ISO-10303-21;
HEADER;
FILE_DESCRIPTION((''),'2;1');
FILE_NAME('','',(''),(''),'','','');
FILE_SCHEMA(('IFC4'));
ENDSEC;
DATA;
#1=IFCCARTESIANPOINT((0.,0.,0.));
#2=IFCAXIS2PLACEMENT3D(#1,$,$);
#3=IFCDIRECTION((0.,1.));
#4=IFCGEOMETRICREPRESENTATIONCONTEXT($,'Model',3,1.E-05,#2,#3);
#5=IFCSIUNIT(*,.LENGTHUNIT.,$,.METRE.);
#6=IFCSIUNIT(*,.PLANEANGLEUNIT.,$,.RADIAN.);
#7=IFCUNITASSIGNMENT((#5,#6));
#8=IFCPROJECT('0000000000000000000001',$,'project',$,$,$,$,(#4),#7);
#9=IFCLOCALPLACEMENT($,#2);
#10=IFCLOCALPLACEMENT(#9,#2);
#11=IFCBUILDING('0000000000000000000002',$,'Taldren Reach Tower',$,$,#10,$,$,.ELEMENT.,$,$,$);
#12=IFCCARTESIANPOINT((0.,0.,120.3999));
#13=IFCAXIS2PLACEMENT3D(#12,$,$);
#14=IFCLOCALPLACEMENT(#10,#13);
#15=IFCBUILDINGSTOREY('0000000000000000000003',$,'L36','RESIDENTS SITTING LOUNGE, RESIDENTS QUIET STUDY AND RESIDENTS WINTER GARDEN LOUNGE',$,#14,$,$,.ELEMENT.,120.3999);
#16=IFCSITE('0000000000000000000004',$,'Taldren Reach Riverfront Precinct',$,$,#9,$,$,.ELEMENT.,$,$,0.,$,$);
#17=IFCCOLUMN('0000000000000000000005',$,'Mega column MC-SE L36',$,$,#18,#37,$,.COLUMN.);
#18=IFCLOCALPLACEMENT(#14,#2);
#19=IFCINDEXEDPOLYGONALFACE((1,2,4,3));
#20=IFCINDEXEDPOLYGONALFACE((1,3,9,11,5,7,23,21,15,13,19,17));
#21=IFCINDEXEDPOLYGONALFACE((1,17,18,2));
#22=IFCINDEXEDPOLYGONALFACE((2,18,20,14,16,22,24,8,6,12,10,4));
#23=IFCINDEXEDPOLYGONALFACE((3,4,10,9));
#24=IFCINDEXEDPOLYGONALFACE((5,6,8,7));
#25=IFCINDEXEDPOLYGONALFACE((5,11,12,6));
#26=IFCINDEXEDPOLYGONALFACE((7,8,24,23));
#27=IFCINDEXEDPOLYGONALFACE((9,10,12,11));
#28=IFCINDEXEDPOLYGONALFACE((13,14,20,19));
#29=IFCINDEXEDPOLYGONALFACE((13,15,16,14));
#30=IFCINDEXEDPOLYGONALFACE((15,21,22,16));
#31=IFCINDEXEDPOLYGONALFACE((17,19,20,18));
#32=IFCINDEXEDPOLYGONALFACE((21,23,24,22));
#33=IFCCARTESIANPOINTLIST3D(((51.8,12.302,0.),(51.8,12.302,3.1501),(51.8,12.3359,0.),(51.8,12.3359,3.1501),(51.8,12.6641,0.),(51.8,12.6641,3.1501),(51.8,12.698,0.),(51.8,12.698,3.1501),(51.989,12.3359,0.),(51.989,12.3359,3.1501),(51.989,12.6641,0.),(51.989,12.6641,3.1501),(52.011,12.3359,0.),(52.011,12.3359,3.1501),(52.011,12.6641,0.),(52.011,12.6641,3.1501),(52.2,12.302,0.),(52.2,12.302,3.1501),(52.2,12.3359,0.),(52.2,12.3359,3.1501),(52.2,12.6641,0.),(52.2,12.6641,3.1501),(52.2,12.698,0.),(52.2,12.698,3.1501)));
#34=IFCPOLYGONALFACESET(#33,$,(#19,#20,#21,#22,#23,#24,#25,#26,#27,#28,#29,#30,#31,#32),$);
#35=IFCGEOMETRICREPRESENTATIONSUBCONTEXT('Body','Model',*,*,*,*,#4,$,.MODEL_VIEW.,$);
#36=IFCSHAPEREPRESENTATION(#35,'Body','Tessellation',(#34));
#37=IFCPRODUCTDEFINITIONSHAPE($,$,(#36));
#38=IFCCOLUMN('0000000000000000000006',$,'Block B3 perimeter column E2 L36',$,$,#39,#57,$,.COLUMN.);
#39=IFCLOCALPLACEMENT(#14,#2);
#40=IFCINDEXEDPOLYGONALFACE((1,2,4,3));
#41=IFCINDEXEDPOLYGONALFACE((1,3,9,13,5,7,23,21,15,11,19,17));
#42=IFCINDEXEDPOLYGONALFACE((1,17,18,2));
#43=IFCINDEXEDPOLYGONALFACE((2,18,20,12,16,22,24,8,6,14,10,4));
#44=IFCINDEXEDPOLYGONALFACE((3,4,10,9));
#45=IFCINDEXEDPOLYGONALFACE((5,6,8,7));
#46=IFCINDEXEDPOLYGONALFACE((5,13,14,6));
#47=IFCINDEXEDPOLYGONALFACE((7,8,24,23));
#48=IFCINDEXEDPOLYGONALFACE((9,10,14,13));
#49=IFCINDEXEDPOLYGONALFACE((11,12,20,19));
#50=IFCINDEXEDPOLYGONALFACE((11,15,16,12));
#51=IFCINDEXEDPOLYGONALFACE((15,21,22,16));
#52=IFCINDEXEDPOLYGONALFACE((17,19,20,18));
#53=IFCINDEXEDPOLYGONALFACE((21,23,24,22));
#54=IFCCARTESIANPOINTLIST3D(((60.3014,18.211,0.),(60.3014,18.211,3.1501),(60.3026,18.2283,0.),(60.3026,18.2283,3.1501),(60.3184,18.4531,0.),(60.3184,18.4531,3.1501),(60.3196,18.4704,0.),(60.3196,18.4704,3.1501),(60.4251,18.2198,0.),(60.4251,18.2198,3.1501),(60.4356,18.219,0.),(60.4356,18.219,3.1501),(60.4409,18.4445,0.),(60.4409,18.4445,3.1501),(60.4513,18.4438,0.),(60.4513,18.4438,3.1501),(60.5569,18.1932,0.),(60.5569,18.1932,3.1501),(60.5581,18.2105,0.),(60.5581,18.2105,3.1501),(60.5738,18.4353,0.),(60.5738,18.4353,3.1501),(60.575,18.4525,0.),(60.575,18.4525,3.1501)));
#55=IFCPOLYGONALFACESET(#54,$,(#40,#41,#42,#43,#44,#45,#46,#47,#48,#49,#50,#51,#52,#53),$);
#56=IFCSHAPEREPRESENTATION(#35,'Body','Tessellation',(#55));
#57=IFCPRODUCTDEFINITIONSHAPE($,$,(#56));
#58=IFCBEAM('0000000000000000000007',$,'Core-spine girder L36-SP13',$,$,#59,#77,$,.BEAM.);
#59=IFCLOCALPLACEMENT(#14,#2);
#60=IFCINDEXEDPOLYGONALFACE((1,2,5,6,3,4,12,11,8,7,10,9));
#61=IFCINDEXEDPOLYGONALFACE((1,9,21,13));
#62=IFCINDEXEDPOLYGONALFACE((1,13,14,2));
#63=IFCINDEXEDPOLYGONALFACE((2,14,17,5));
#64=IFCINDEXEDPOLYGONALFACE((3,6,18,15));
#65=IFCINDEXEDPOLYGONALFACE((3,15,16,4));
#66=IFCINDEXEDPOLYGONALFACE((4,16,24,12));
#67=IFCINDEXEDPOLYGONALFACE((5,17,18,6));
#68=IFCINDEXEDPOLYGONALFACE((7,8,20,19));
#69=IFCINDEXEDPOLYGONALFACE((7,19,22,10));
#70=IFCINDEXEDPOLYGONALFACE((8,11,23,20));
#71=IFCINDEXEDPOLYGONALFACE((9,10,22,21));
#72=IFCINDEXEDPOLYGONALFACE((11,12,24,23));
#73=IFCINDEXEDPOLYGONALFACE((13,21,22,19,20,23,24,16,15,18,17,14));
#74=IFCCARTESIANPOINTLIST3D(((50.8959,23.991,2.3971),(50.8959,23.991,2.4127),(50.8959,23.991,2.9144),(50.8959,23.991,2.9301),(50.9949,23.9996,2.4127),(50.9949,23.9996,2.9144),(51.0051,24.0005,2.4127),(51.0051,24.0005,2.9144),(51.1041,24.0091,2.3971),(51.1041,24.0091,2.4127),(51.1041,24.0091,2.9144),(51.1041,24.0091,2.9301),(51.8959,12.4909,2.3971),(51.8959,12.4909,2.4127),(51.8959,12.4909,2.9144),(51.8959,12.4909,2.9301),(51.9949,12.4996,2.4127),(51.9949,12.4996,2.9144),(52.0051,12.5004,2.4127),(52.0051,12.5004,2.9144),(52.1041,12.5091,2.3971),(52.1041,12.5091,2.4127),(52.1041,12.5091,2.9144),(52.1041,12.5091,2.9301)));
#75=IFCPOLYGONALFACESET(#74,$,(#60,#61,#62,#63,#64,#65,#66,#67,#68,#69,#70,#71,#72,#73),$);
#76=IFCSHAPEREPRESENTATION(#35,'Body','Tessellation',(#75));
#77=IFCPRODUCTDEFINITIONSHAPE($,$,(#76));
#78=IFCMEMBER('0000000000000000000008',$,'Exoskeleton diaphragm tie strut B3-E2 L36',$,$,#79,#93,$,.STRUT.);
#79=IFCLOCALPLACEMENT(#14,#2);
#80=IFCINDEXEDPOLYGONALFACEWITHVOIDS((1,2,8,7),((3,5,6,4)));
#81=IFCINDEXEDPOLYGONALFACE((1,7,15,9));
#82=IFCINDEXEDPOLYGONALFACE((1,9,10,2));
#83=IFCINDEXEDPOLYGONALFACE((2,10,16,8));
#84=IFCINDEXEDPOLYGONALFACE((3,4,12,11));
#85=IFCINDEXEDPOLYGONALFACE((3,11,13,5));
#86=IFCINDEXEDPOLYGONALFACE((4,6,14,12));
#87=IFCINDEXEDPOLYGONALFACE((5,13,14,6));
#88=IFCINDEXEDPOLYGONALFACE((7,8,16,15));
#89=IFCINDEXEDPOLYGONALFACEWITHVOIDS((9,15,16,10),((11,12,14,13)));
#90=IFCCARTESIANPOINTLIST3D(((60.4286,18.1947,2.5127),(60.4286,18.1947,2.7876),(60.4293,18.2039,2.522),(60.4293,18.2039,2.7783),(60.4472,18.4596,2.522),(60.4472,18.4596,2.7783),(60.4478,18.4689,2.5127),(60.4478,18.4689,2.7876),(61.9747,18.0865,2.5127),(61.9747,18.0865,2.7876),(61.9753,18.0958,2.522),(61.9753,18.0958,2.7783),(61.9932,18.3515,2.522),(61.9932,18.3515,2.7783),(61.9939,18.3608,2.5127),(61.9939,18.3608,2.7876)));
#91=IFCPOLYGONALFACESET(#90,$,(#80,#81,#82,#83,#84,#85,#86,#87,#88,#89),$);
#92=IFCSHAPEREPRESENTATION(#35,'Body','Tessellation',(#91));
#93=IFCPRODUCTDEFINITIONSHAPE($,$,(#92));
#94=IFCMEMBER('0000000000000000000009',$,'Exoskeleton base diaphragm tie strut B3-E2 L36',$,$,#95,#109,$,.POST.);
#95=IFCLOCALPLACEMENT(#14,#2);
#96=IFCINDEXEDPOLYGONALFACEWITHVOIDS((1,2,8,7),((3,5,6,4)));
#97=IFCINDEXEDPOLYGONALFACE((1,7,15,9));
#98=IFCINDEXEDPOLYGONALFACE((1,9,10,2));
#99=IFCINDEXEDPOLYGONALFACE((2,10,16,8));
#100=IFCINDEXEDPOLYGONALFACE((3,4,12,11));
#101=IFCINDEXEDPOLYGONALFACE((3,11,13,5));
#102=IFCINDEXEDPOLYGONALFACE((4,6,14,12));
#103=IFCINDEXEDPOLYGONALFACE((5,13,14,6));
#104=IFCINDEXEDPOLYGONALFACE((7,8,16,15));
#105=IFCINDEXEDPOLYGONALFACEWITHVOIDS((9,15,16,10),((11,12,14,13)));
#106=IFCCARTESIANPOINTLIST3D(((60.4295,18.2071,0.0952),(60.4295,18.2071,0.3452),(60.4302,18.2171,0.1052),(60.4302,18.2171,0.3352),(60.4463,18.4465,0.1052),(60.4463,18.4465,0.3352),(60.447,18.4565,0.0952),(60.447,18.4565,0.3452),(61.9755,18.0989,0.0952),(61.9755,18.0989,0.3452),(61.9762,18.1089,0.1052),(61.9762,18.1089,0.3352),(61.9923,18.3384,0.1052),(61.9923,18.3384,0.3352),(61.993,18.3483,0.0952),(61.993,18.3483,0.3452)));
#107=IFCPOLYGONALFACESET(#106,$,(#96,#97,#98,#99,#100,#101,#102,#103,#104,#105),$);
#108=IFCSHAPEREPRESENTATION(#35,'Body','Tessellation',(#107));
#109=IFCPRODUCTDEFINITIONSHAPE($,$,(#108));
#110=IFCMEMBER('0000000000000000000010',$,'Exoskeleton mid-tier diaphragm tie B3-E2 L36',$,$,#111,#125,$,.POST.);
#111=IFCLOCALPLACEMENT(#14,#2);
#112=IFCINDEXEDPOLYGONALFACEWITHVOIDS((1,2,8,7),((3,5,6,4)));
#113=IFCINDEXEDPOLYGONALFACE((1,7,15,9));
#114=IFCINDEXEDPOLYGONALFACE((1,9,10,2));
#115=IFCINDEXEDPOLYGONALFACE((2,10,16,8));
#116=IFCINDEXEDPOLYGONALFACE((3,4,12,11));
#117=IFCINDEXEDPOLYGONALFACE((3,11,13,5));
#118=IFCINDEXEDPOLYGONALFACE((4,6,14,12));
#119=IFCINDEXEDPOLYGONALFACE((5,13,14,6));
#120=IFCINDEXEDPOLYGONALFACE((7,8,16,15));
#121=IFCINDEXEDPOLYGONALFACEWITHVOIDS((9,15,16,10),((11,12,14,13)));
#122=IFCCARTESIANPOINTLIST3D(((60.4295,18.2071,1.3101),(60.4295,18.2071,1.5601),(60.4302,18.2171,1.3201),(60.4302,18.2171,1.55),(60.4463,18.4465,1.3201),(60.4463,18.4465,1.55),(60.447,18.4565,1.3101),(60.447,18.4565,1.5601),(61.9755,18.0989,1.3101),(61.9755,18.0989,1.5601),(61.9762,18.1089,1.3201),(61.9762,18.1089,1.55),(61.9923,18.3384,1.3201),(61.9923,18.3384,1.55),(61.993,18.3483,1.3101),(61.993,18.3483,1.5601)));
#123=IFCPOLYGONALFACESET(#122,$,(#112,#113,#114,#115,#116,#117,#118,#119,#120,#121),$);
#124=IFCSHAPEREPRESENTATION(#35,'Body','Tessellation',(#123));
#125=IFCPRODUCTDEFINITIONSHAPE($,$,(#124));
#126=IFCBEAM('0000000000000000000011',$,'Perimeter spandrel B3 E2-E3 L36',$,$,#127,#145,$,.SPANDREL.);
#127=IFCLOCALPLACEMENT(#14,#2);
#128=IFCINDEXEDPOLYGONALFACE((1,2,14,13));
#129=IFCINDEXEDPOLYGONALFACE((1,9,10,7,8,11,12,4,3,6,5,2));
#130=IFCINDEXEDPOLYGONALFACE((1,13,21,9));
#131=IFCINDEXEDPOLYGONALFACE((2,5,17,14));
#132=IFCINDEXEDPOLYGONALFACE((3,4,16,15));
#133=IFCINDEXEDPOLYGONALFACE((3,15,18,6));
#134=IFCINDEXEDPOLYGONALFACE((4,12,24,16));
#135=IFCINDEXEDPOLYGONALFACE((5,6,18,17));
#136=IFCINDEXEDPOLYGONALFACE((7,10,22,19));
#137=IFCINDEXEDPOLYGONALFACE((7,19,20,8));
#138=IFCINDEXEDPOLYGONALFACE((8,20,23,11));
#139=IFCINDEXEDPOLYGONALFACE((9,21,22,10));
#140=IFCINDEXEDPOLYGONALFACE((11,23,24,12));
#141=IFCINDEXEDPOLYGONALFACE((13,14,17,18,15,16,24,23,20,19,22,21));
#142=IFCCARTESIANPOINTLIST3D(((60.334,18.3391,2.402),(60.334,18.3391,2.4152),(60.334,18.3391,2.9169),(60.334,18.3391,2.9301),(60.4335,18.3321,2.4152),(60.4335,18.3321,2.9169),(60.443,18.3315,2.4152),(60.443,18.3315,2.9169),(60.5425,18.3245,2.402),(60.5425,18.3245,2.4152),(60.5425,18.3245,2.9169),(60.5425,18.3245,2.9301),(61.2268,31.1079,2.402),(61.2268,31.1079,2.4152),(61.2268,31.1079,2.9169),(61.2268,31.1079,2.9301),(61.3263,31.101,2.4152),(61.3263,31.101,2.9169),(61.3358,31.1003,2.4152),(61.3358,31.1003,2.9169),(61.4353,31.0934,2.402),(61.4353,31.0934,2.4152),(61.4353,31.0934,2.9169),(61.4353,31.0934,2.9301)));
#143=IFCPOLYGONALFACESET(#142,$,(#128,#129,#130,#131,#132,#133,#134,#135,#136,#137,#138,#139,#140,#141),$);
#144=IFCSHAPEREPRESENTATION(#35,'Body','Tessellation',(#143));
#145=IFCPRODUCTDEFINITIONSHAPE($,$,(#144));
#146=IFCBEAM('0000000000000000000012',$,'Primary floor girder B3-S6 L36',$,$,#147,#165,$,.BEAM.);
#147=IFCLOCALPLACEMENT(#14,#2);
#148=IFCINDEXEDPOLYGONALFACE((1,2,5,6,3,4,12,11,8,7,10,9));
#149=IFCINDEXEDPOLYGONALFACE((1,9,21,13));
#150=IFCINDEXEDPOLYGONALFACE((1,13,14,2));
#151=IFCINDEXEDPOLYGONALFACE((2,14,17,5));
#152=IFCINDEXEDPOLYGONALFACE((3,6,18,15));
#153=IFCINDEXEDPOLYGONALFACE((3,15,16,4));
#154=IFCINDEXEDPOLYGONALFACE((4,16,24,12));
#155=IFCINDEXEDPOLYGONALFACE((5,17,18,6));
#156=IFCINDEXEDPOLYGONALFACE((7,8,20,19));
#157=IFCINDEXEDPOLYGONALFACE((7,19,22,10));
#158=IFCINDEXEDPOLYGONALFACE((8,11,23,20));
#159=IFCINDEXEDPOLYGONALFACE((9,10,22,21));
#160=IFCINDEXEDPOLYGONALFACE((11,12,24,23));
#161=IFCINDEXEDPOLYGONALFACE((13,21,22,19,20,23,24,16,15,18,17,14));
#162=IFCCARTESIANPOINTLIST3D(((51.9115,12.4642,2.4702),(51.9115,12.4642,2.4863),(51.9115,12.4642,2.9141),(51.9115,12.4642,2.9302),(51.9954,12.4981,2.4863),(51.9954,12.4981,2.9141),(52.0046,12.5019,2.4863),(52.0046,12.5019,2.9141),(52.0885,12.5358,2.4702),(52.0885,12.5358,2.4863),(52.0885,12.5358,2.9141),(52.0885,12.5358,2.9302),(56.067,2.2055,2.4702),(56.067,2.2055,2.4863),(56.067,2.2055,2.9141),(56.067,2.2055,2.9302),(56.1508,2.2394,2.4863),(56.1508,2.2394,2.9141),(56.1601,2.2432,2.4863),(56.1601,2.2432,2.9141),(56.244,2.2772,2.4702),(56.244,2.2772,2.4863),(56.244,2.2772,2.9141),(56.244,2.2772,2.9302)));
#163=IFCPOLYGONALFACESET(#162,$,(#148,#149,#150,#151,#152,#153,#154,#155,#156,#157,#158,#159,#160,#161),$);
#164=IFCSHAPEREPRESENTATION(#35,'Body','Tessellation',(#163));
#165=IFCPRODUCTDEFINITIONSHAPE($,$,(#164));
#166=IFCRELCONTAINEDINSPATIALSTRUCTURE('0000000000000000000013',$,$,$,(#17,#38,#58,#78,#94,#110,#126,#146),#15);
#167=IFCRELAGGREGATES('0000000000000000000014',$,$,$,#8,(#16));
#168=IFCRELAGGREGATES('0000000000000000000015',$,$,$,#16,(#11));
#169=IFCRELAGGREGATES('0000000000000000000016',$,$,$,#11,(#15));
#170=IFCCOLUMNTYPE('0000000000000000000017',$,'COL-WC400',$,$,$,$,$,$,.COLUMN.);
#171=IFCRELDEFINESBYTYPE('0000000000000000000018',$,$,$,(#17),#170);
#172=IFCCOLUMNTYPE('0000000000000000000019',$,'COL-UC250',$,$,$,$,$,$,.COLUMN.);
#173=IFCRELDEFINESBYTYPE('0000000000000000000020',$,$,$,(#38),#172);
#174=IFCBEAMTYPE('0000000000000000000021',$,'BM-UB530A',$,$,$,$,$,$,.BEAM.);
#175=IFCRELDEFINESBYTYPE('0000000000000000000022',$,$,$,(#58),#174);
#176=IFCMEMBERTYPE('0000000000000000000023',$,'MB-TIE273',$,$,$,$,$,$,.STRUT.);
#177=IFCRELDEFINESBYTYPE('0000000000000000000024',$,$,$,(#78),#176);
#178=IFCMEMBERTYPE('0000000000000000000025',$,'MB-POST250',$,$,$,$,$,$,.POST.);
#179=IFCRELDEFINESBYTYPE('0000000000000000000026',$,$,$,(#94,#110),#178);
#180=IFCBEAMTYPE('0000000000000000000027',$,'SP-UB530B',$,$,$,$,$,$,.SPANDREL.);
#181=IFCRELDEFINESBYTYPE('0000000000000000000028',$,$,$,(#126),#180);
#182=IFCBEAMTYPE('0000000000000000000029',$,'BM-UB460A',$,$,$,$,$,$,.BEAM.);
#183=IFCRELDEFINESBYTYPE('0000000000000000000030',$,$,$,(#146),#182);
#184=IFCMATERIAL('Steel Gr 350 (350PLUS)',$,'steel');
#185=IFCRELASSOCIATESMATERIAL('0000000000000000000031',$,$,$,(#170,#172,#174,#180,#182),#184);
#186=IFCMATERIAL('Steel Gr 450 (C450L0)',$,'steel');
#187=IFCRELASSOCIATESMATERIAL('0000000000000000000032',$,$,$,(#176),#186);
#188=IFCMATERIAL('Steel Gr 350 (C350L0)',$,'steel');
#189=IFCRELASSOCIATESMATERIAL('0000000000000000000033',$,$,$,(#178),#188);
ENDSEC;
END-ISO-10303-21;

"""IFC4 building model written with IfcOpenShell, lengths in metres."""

from ifc_helpers import new_model, si_unit, direction, frame, origin, origin_2d, place, context, subcontext, project, spatial, hollow_rectangle, i_section, extrude, source, transform, mapped, material, material_profile, profile_set, type_object, element, save


model = new_model("IFC4")

# Units and contexts
model_context = context("Model", 3, precision=1e-05, world=origin(), true_north=direction((0.0, 1.0)))
body_context = subcontext(model_context, "Body", "Model", "MODEL_VIEW")
ifc_project = project(units=[si_unit("LENGTHUNIT", "METRE"), si_unit("PLANEANGLEUNIT", "RADIAN")], contexts=[model_context])

# Site, building, storey
site_placement = place(None, origin())
site = spatial("IfcSite", under=ifc_project, at=site_placement, Name="Taldren Reach Riverfront Precinct", CompositionType="ELEMENT", RefElevation=0.0)
building_placement = place(site_placement, origin())
building = spatial("IfcBuilding", under=site, at=building_placement, Name="Taldren Reach Tower", CompositionType="ELEMENT")
storey_placement = place(building_placement, frame((0.0, 0.0, 120.3999)))
storey = spatial("IfcBuildingStorey", under=building, at=storey_placement, Name="L36", Description="RESIDENTS SITTING LOUNGE, RESIDENTS QUIET STUDY AND RESIDENTS WINTER GARDEN LOUNGE", CompositionType="ELEMENT", Elevation=120.3999)

# Columns
ifc_material_1 = material(Name="Steel Gr 350 (350PLUS)", Category="steel")
ifc_material_profile_1 = material_profile(ifc_material_1, i_section(OverallWidth=0.3999, OverallDepth=0.396, WebThickness=0.022, FlangeThickness=0.0339, at=origin_2d()), Name="400WC270")
ifc_profile_set_1 = profile_set([ifc_material_profile_1], Name="Steel Gr 350 (350PLUS)")
column_type_1 = type_object("IfcColumnType", Name="COL-WC400", PredefinedType="COLUMN", material=ifc_profile_set_1)
shared_shape_1 = source(origin(), body_context, "Body", "SweptSolid", [
    extrude(i_section(OverallWidth=0.3999, OverallDepth=0.396, WebThickness=0.022, FlangeThickness=0.0339, at=origin_2d()), origin(), (0.0, 0.0, 1.0), 3.1501),
])
column_1_placement = place(storey_placement, frame((52.0, 12.5, 0.0), z_axis=(0.0, 0.0, 1.0), x_axis=(1.0, 0.0, 0.0)))
element("IfcColumn", 1, at=column_1_placement, inside=storey, type_object=column_type_1, Name="Mega column MC-SE L36", PredefinedType="COLUMN", context=body_context, shape_type="MappedRepresentation", body=[
    mapped(shared_shape_1, transform((0.0, 0.0, 0.0), scale=1.0)),
])
ifc_material_profile_2 = material_profile(ifc_material_1, i_section(OverallWidth=0.2561, OverallDepth=0.26, WebThickness=0.0105, FlangeThickness=0.0173, at=origin_2d()), Name="250UC89.5")
ifc_profile_set_2 = profile_set([ifc_material_profile_2], Name="Steel Gr 350 (350PLUS)")
column_type_2 = type_object("IfcColumnType", Name="COL-UC250", PredefinedType="COLUMN", material=ifc_profile_set_2)
shared_shape_2 = source(origin(), body_context, "Body", "SweptSolid", [
    extrude(i_section(OverallWidth=0.2561, OverallDepth=0.26, WebThickness=0.0105, FlangeThickness=0.0173, at=origin_2d()), origin(), (0.0, 0.0, 1.0), 3.1501),
])
column_2_placement = place(storey_placement, frame((60.4382, 18.3318, 0.0), z_axis=(0.0, 0.0, 1.0), x_axis=(0.997564, -0.069756, 0.0)))
element("IfcColumn", 2, at=column_2_placement, inside=storey, type_object=column_type_2, Name="Block B3 perimeter column E2 L36", PredefinedType="COLUMN", context=body_context, shape_type="MappedRepresentation", body=[
    mapped(shared_shape_2, transform((0.0, 0.0, 0.0), scale=1.0)),
])

# Beam
ifc_material_profile_3 = material_profile(ifc_material_1, i_section(OverallWidth=0.209, OverallDepth=0.533, WebThickness=0.0103, FlangeThickness=0.0156, at=origin_2d()), Name="530UB92.4")
ifc_profile_set_3 = profile_set([ifc_material_profile_3], Name="Steel Gr 350 (350PLUS)")
beam_type_1 = type_object("IfcBeamType", Name="BM-UB530A", PredefinedType="BEAM", material=ifc_profile_set_3)
shared_shape_3 = source(origin(), body_context, "Body", "SweptSolid", [
    extrude(i_section(OverallWidth=0.209, OverallDepth=0.533, WebThickness=0.0103, FlangeThickness=0.0156, at=origin_2d()), origin(), (0.0, 0.0, 1.0), 11.5435),
])
beam_1_placement = place(storey_placement, frame((52.0, 12.5, 2.6636), z_axis=(-0.08663, 0.996241, 0.0), x_axis=(-0.996241, -0.08663, 0.0)))
element("IfcBeam", 3, at=beam_1_placement, inside=storey, type_object=beam_type_1, Name="Core-spine girder L36-SP13", PredefinedType="BEAM", context=body_context, shape_type="MappedRepresentation", body=[
    mapped(shared_shape_3, transform((0.0, 0.0, 0.0), scale=1.0)),
])

# Members
ifc_material_2 = material(Name="Steel Gr 450 (C450L0)", Category="steel")
ifc_material_profile_4 = material_profile(ifc_material_2, hollow_rectangle(XDim=0.2749, YDim=0.2749, WallThickness=0.0093, at=origin_2d()), Name="275x275x9.3SHS")
ifc_profile_set_4 = profile_set([ifc_material_profile_4], Name="Steel Gr 450 (C450L0)")
member_type_1 = type_object("IfcMemberType", Name="MB-TIE273", PredefinedType="STRUT", material=ifc_profile_set_4)
shared_shape_4 = source(origin(), body_context, "Body", "SweptSolid", [
    extrude(hollow_rectangle(XDim=0.2749, YDim=0.2749, WallThickness=0.0093, at=origin_2d()), origin(), (0.0, 0.0, 1.0), 1.5498),
])
member_1_placement = place(storey_placement, frame((60.4382, 18.3318, 2.6501), z_axis=(0.997562, -0.069781, 0.0), x_axis=(0.069781, 0.997562, 0.0)))
element("IfcMember", 4, at=member_1_placement, inside=storey, type_object=member_type_1, Name="Exoskeleton diaphragm tie strut B3-E2 L36", PredefinedType="STRUT", context=body_context, shape_type="MappedRepresentation", body=[
    mapped(shared_shape_4, transform((0.0, 0.0, 0.0), scale=1.0)),
])
ifc_material_3 = material(Name="Steel Gr 350 (C350L0)", Category="steel")
ifc_material_profile_5 = material_profile(ifc_material_3, hollow_rectangle(XDim=0.25, YDim=0.25, WallThickness=0.01, at=origin_2d()), Name="250x250x10.0SHS")
ifc_profile_set_5 = profile_set([ifc_material_profile_5], Name="Steel Gr 350 (C350L0)")
member_type_2 = type_object("IfcMemberType", Name="MB-POST250", PredefinedType="POST", material=ifc_profile_set_5)
shared_shape_5 = source(origin(), body_context, "Body", "SweptSolid", [
    extrude(hollow_rectangle(XDim=0.25, YDim=0.25, WallThickness=0.01, at=origin_2d()), origin(), (0.0, 0.0, 1.0), 1.5498),
])
for number, where, z_axis, x_axis, name in (
    (5, (60.4382, 18.3318, 0.2202), (0.997562, -0.069781, 0.0), (0.069781, 0.997562, 0.0), "Exoskeleton base diaphragm tie strut B3-E2 L36"),
    (6, (60.4382, 18.3318, 1.4351), (0.997562, -0.069781, 0.0), (0.069781, 0.997562, 0.0), "Exoskeleton mid-tier diaphragm tie B3-E2 L36"),
):
    element("IfcMember", number, at=place(storey_placement, frame(where, z_axis=z_axis, x_axis=x_axis)), inside=storey, type_object=member_type_2, Name=name, PredefinedType="POST", context=body_context, shape_type="MappedRepresentation", body=[
        mapped(shared_shape_5, transform((0.0, 0.0, 0.0), scale=1.0)),
    ])

# Beams
ifc_material_profile_6 = material_profile(ifc_material_1, i_section(OverallWidth=0.209, OverallDepth=0.5281, WebThickness=0.0095, FlangeThickness=0.0132, at=origin_2d()), Name="530UB82.0")
ifc_profile_set_6 = profile_set([ifc_material_profile_6], Name="Steel Gr 350 (350PLUS)")
beam_type_2 = type_object("IfcBeamType", Name="SP-UB530B", PredefinedType="SPANDREL", material=ifc_profile_set_6)
shared_shape_6 = source(origin(), body_context, "Body", "SweptSolid", [
    extrude(i_section(OverallWidth=0.209, OverallDepth=0.5281, WebThickness=0.0095, FlangeThickness=0.0132, at=origin_2d()), origin(), (0.0, 0.0, 1.0), 12.8),
])
beam_2_placement = place(storey_placement, frame((60.4382, 18.3318, 2.666), z_axis=(0.069752, 0.997564, 0.0), x_axis=(-0.997564, 0.069752, 0.0)))
element("IfcBeam", 7, at=beam_2_placement, inside=storey, type_object=beam_type_2, Name="Perimeter spandrel B3 E2-E3 L36", PredefinedType="SPANDREL", context=body_context, shape_type="MappedRepresentation", body=[
    mapped(shared_shape_6, transform((0.0, 0.0, 0.0), scale=1.0)),
])
ifc_material_profile_7 = material_profile(ifc_material_1, i_section(OverallWidth=0.1909, OverallDepth=0.46, WebThickness=0.01, FlangeThickness=0.0161, at=origin_2d()), Name="460UB82.1")
ifc_profile_set_7 = profile_set([ifc_material_profile_7], Name="Steel Gr 350 (350PLUS)")
beam_type_3 = type_object("IfcBeamType", Name="BM-UB460A", PredefinedType="BEAM", material=ifc_profile_set_7)
shared_shape_7 = source(origin(), body_context, "Body", "SweptSolid", [
    extrude(i_section(OverallWidth=0.1909, OverallDepth=0.46, WebThickness=0.01, FlangeThickness=0.0161, at=origin_2d()), origin(), (0.0, 0.0, 1.0), 11.0684),
])
beam_3_placement = place(storey_placement, frame((52.0, 12.5, 2.7002), z_axis=(0.375437, -0.926848, 0.0), x_axis=(0.926848, 0.375437, 0.0)))
element("IfcBeam", 8, at=beam_3_placement, inside=storey, type_object=beam_type_3, Name="Primary floor girder B3-S6 L36", PredefinedType="BEAM", context=body_context, shape_type="MappedRepresentation", body=[
    mapped(shared_shape_7, transform((0.0, 0.0, 0.0), scale=1.0)),
])

save(model, "model.ifc")
